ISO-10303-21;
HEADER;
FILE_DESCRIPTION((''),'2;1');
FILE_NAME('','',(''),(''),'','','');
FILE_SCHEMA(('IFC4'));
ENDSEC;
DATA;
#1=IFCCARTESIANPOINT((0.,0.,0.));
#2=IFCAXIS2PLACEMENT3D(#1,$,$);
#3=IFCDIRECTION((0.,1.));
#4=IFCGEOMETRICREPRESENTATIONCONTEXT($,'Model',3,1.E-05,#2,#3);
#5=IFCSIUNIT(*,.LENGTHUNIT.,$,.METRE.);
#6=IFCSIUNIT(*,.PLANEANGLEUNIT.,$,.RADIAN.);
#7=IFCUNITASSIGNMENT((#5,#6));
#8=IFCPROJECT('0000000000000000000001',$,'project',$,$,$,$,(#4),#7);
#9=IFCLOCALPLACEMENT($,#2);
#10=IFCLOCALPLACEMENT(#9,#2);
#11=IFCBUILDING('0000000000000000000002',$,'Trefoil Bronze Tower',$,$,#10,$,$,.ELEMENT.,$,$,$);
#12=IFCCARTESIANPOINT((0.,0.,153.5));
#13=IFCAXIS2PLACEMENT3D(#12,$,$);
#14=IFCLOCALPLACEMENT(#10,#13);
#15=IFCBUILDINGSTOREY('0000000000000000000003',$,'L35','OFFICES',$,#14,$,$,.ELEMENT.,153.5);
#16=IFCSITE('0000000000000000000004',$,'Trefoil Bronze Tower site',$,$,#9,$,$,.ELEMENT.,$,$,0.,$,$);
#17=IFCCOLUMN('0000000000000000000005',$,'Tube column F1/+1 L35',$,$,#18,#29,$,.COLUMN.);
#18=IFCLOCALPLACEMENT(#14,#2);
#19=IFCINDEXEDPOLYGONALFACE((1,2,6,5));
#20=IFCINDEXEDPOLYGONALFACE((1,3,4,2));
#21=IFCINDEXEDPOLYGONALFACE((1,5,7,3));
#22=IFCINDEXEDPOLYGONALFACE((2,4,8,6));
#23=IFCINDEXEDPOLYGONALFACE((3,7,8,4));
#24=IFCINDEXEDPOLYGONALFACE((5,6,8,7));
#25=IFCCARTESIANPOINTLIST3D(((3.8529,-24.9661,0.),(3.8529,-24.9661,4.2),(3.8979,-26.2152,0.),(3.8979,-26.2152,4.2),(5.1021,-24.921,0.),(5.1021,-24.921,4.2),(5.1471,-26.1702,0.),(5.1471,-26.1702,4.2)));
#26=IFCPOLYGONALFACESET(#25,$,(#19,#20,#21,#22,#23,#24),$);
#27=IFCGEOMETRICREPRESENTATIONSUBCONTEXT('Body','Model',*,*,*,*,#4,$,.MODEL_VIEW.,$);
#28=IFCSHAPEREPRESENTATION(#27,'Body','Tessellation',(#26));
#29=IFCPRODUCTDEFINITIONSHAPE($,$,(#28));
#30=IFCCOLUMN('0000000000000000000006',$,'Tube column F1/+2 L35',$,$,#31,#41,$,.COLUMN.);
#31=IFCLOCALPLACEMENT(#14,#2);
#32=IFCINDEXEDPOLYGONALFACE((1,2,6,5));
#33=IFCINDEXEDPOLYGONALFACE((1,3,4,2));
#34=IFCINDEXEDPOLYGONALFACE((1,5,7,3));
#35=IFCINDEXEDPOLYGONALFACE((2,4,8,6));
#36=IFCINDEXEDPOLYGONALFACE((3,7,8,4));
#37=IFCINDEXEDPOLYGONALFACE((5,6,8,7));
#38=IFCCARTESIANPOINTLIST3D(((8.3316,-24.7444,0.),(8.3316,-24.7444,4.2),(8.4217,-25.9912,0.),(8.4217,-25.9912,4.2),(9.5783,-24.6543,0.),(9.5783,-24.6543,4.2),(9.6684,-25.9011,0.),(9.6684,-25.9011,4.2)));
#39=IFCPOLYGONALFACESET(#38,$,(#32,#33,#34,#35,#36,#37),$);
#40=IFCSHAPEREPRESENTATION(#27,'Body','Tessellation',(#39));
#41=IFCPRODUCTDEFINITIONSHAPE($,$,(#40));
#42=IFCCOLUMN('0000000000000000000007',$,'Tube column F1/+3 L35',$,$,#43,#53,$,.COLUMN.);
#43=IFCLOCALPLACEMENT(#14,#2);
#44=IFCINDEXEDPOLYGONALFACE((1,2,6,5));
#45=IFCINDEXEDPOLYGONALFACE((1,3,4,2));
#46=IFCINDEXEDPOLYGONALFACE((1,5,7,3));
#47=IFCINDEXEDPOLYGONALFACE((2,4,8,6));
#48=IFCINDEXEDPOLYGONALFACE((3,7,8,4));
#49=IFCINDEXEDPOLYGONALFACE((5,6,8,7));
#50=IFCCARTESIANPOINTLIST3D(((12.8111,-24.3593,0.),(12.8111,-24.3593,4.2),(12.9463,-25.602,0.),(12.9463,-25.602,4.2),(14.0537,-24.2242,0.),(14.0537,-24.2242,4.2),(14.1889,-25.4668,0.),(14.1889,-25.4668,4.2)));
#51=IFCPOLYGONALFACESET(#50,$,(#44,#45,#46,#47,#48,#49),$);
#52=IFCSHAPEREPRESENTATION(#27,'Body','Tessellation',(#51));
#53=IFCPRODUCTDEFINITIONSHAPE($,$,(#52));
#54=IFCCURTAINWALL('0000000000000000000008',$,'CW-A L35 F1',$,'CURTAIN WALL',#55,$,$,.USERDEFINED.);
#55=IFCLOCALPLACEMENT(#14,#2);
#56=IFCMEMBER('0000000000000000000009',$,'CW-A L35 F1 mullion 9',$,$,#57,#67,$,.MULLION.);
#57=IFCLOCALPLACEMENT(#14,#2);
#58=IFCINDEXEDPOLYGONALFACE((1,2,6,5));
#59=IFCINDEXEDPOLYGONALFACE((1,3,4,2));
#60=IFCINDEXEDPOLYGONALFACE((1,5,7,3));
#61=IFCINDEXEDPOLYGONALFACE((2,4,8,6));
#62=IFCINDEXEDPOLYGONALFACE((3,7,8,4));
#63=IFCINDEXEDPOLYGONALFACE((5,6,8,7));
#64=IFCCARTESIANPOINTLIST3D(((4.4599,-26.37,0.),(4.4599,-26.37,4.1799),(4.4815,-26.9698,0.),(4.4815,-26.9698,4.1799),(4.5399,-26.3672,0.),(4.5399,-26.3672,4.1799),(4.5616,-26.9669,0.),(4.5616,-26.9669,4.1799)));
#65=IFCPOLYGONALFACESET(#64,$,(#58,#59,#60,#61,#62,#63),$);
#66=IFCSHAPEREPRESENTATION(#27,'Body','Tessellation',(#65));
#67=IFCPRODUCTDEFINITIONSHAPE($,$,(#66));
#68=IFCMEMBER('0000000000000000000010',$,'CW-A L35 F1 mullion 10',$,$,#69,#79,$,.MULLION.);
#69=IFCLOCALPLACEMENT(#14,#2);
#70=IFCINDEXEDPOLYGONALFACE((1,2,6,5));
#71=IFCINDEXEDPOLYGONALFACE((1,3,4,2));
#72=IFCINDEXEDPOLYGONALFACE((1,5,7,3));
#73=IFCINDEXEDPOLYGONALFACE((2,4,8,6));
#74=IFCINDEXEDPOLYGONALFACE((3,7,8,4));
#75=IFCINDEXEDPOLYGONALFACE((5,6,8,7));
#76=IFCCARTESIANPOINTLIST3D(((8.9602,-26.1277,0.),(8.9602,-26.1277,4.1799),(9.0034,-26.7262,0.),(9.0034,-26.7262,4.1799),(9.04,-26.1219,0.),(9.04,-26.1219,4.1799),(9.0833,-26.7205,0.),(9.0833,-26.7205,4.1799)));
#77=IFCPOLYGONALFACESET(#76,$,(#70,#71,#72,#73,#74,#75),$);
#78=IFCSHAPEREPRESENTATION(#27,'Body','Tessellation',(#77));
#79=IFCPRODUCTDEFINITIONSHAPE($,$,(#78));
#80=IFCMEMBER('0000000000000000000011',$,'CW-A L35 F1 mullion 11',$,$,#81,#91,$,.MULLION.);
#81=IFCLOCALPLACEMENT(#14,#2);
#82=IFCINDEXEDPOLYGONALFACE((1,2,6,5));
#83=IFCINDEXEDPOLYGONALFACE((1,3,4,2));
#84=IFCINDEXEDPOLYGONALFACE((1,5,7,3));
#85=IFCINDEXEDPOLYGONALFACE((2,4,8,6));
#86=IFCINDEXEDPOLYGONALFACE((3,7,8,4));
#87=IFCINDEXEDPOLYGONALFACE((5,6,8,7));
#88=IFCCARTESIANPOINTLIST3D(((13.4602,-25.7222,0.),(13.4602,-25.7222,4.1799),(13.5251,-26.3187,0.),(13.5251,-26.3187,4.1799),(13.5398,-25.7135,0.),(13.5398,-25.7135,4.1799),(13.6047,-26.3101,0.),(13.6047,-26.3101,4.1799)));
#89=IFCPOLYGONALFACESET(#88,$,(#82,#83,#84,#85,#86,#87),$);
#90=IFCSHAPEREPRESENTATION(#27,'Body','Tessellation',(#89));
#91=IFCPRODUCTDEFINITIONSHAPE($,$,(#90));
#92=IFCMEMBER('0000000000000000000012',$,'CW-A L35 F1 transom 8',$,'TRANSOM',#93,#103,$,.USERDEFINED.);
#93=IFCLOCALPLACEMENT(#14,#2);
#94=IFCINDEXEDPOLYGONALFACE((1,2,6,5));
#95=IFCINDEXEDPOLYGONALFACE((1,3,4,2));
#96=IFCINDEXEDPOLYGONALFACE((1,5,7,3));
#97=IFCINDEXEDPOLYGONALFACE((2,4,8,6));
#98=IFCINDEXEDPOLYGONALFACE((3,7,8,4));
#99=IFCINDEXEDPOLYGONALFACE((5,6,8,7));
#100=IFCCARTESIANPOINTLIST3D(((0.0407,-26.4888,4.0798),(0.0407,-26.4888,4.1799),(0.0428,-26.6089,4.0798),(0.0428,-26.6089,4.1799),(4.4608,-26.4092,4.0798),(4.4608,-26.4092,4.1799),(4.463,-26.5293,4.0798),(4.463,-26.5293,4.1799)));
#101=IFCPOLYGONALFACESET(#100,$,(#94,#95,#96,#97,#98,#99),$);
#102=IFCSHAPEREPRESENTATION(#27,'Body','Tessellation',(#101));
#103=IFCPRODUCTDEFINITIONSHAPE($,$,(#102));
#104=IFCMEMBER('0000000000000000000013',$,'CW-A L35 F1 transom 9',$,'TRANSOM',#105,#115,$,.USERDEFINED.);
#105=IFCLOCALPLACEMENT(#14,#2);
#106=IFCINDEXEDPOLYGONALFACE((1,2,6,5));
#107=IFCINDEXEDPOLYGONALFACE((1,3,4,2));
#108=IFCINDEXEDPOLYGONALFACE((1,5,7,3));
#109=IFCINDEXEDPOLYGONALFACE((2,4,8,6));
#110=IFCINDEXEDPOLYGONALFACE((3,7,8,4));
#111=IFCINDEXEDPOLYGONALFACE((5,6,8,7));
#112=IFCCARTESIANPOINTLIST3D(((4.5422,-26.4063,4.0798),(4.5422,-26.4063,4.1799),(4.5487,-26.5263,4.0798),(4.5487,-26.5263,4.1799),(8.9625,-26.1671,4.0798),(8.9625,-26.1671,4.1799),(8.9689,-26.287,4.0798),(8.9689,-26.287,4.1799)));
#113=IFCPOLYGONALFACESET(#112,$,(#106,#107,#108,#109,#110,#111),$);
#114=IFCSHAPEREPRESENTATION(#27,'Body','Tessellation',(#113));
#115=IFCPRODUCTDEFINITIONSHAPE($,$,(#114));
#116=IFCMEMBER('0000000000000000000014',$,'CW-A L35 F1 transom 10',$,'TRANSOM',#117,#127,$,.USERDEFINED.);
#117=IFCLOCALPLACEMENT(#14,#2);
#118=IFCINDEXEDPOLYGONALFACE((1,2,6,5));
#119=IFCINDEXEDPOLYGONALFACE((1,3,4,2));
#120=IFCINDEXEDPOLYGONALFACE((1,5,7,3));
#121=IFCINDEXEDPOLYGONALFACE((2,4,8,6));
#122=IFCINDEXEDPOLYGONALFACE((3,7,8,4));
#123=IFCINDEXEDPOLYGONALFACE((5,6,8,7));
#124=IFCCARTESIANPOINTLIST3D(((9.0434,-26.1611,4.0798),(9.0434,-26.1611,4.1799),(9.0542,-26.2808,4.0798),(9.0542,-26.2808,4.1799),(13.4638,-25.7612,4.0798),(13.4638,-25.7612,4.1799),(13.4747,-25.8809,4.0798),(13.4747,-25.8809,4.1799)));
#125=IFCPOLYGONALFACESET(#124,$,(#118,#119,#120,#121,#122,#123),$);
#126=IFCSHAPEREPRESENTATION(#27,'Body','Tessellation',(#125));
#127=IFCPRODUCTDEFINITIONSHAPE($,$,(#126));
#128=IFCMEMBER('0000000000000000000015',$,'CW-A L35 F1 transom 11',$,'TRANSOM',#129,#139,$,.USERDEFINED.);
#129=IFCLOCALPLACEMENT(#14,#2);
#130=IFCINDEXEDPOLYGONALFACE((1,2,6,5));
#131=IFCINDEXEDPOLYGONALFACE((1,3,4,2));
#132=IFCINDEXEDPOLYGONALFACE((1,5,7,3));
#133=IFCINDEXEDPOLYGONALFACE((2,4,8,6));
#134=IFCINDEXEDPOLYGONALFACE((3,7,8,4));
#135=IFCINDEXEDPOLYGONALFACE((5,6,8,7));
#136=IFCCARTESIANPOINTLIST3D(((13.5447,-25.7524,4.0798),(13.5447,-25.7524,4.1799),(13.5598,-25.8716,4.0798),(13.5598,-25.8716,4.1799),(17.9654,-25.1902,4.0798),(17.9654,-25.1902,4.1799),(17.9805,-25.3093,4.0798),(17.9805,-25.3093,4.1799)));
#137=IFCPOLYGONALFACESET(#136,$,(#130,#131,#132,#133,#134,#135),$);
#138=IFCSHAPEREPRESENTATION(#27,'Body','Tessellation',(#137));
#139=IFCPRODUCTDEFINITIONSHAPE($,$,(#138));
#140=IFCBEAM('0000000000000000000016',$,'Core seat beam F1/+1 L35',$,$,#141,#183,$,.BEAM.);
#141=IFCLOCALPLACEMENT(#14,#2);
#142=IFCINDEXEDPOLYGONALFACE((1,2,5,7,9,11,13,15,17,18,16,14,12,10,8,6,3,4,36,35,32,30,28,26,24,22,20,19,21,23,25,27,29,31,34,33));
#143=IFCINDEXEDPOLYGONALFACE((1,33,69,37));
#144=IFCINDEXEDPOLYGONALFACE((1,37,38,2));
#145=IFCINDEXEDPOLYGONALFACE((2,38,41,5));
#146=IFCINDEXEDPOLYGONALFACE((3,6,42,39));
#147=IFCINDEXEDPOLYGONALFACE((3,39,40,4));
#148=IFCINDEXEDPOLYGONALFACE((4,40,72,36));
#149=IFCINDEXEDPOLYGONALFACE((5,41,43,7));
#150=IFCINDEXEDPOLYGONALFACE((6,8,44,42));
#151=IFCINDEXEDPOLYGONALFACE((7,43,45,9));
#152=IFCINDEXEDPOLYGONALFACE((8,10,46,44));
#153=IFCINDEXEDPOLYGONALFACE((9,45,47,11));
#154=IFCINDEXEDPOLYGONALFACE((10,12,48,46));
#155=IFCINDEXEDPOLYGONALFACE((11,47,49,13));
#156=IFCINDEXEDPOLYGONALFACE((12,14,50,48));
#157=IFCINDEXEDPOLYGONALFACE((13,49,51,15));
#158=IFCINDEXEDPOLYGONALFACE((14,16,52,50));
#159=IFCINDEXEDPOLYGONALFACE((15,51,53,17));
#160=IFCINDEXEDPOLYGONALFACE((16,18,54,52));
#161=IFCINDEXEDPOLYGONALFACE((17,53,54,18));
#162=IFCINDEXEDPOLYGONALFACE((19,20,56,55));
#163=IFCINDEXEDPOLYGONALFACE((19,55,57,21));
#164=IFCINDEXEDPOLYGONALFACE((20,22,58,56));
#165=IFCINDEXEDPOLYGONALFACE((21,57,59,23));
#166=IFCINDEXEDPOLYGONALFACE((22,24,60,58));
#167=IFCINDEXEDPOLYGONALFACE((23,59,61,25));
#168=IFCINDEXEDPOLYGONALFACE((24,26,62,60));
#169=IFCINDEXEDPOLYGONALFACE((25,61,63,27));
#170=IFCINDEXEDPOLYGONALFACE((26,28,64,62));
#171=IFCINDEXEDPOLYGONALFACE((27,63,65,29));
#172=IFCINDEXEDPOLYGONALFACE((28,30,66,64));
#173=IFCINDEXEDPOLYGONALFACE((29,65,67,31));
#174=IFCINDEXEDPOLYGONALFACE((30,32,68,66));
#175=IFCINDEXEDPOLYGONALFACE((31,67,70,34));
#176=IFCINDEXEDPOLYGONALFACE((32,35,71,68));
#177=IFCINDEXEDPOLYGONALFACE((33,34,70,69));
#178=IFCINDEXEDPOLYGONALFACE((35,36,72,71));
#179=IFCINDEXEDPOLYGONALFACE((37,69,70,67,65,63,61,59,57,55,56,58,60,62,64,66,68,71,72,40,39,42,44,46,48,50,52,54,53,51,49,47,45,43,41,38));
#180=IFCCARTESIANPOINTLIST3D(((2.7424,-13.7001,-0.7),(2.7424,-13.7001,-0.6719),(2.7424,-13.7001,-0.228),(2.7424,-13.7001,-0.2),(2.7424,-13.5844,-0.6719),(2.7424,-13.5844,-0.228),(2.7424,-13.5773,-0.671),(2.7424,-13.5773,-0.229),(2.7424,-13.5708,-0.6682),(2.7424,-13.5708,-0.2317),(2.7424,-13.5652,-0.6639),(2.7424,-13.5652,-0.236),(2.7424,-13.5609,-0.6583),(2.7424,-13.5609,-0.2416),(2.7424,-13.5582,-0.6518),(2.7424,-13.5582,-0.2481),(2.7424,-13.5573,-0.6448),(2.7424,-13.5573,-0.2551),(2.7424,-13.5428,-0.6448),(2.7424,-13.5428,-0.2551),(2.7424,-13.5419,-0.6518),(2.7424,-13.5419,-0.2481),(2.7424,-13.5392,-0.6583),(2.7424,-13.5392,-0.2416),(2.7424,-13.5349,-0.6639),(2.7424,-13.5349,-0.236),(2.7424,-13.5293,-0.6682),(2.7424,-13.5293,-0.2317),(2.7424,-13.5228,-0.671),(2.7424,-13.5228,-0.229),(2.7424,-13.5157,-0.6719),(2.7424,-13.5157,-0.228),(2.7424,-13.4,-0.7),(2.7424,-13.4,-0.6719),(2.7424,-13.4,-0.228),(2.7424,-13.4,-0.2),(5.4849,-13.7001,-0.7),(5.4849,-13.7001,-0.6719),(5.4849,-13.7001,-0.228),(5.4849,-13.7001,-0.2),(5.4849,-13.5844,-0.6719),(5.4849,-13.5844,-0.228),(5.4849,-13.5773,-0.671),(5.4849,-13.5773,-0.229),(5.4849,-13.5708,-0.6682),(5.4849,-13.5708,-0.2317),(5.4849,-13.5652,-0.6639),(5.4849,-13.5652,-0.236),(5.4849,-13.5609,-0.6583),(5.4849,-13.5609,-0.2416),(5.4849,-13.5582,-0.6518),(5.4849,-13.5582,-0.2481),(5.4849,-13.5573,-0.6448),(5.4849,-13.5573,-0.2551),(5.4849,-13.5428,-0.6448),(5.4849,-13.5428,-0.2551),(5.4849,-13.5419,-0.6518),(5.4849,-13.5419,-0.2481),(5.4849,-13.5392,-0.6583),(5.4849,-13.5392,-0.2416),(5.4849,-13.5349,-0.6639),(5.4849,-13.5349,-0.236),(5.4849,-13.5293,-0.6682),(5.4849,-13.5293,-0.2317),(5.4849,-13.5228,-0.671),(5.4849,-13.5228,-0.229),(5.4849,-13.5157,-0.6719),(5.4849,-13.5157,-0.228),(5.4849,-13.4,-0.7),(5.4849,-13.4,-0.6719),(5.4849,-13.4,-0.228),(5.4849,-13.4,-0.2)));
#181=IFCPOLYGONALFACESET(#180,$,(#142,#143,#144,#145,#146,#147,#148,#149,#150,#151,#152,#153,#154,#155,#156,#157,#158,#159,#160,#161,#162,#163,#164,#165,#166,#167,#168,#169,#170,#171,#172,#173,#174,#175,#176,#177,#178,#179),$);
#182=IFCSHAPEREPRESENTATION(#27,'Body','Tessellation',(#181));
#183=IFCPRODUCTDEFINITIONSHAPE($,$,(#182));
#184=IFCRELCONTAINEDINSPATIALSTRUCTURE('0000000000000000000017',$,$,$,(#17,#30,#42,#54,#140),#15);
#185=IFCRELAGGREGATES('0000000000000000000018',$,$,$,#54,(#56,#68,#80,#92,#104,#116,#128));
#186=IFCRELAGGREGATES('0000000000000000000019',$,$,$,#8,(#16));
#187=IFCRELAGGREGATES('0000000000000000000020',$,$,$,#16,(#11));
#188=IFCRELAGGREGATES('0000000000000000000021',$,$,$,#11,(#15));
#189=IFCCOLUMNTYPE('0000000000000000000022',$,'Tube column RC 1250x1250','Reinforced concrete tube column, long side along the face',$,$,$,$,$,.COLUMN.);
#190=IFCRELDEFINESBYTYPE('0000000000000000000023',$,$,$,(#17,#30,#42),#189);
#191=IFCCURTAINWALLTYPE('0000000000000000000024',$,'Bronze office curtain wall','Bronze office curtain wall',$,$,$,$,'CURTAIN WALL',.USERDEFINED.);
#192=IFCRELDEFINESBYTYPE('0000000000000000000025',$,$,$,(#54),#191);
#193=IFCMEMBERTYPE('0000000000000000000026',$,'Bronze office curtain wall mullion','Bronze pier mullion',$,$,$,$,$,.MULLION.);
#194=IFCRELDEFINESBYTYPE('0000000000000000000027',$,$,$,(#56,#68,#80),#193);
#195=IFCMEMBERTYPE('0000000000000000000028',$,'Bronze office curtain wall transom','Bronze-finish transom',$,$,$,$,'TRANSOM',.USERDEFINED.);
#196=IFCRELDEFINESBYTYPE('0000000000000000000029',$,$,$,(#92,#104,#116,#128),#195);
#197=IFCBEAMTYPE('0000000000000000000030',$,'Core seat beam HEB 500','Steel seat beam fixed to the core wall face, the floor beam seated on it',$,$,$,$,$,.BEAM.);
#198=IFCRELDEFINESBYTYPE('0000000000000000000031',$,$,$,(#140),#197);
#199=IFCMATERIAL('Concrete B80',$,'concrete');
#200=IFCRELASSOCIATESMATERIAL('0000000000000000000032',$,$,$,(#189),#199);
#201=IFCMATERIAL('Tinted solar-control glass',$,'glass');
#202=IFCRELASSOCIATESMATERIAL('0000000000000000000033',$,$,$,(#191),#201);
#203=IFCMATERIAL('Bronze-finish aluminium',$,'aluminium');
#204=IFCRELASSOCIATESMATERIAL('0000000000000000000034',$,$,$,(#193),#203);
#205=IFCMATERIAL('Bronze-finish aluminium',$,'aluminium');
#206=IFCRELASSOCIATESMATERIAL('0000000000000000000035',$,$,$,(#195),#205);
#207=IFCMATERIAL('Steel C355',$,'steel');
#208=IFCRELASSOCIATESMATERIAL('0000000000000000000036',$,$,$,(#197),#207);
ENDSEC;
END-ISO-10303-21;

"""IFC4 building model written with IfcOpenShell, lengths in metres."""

from ifc_helpers import new_model, si_unit, direction, frame, origin, origin_2d, place, context, subcontext, project, spatial, rectangle, i_section, extrude, material, material_profile, profile_set, type_object, element, aggregate, save


model = new_model("IFC4")

# Units and contexts
model_context = context("Model", 3, precision=1e-05, world=origin(), true_north=direction((0.0, 1.0)))
body_context = subcontext(model_context, "Body", "Model", "MODEL_VIEW")
ifc_project = project(units=[si_unit("LENGTHUNIT", "METRE"), si_unit("PLANEANGLEUNIT", "RADIAN")], contexts=[model_context])

# Site, building, storey
site_placement = place(None, origin())
site = spatial("IfcSite", under=ifc_project, at=site_placement, Name="Trefoil Bronze Tower site", CompositionType="ELEMENT", RefElevation=0.0)
building_placement = place(site_placement, origin())
building = spatial("IfcBuilding", under=site, at=building_placement, Name="Trefoil Bronze Tower", CompositionType="ELEMENT")
storey_placement = place(building_placement, frame((0.0, 0.0, 153.5)))
storey = spatial("IfcBuildingStorey", under=building, at=storey_placement, Name="L35", Description="OFFICES", CompositionType="ELEMENT", Elevation=153.5)

# Columns
ifc_material_1 = material(Name="Concrete B80", Category="concrete")
ifc_material_profile_1 = material_profile(ifc_material_1, rectangle(XDim=1.25, YDim=1.25, at=origin_2d()), Name="RC 1250x1250")
ifc_profile_set_1 = profile_set([ifc_material_profile_1], Name="Concrete B80")
column_type = type_object("IfcColumnType", Name="Tube column RC 1250x1250", Description="Reinforced concrete tube column, long side along the face", PredefinedType="COLUMN", material=ifc_profile_set_1)
for number, where, z_axis, x_axis, name in (
    (1, (4.5, -25.5681, 0.0), (0.0, 0.0, 1.0), (0.99935, 0.036048, 0.0), "Tube column F1/+1 L35"),
    (2, (9.0, -25.3228, 0.0), (0.0, 0.0, 1.0), (0.997398, 0.072096, 0.0), "Tube column F1/+2 L35"),
    (3, (13.5, -24.9131, 0.0), (0.0, 0.0, 1.0), (0.994135, 0.108144, 0.0), "Tube column F1/+3 L35"),
):
    element("IfcColumn", number, at=place(storey_placement, frame(where, z_axis=z_axis, x_axis=x_axis)), inside=storey, type_object=column_type, Name=name, PredefinedType="COLUMN", context=body_context, shape_type="SweptSolid", body=[
        extrude(rectangle(XDim=1.25, YDim=1.25, at=origin_2d()), origin(), (0.0, 0.0, 1.0), 4.2),
    ])

# Curtain wall, members
ifc_material_2 = material(Name="Tinted solar-control glass", Category="glass")
curtain_wall_type = type_object("IfcCurtainWallType", Name="Bronze office curtain wall", Description="Bronze office curtain wall", ElementType="CURTAIN WALL", PredefinedType="USERDEFINED", material=ifc_material_2)
curtain_wall_placement = place(storey_placement, origin())
curtain_wall = element("IfcCurtainWall", 4, at=curtain_wall_placement, inside=storey, type_object=curtain_wall_type, Name="CW-A L35 F1", ObjectType="CURTAIN WALL", PredefinedType="USERDEFINED")
ifc_material_3 = material(Name="Bronze-finish aluminium", Category="aluminium")
ifc_material_profile_2 = material_profile(ifc_material_3, rectangle(XDim=0.6001, YDim=0.0801, at=origin_2d()), Name="CW-A mullion")
ifc_profile_set_2 = profile_set([ifc_material_profile_2], Name="Bronze-finish aluminium")
member_type_1 = type_object("IfcMemberType", Name="Bronze office curtain wall mullion", Description="Bronze pier mullion", PredefinedType="MULLION", material=ifc_profile_set_2)
member_1_placement = place(storey_placement, frame((4.5107, -26.6685, 0.0), z_axis=(0.0, 0.0, 1.0), x_axis=(-0.036048, 0.99935, 0.0)))
member_1 = element("IfcMember", 5, at=member_1_placement, type_object=member_type_1, Name="CW-A L35 F1 mullion 9", PredefinedType="MULLION", context=body_context, shape_type="SweptSolid", body=[
    extrude(rectangle(XDim=0.6001, YDim=0.0801, at=origin_2d()), origin(), (0.0, 0.0, 1.0), 4.1799),
])
member_2_placement = place(storey_placement, frame((9.0217, -26.4241, 0.0), z_axis=(0.0, 0.0, 1.0), x_axis=(-0.072096, 0.997398, 0.0)))
member_2 = element("IfcMember", 6, at=member_2_placement, type_object=member_type_1, Name="CW-A L35 F1 mullion 10", PredefinedType="MULLION", context=body_context, shape_type="SweptSolid", body=[
    extrude(rectangle(XDim=0.6001, YDim=0.0801, at=origin_2d()), origin(), (0.0, 0.0, 1.0), 4.1799),
])
member_3_placement = place(storey_placement, frame((13.5325, -26.0161, 0.0), z_axis=(0.0, 0.0, 1.0), x_axis=(-0.108144, 0.994135, 0.0)))
member_3 = element("IfcMember", 7, at=member_3_placement, type_object=member_type_1, Name="CW-A L35 F1 mullion 11", PredefinedType="MULLION", context=body_context, shape_type="SweptSolid", body=[
    extrude(rectangle(XDim=0.6001, YDim=0.0801, at=origin_2d()), origin(), (0.0, 0.0, 1.0), 4.1799),
])
ifc_material_4 = material(Name="Bronze-finish aluminium", Category="aluminium")
ifc_material_profile_3 = material_profile(ifc_material_4, rectangle(XDim=0.1201, YDim=0.1001, at=origin_2d()), Name="CW-A transom")
ifc_profile_set_3 = profile_set([ifc_material_profile_3], Name="Bronze-finish aluminium")
member_type_2 = type_object("IfcMemberType", Name="Bronze office curtain wall transom", Description="Bronze-finish transom", ElementType="TRANSOM", PredefinedType="USERDEFINED", material=ifc_profile_set_3)
member_4_placement = place(storey_placement, frame((0.0417, -26.5488, 4.1299), z_axis=(0.999838, 0.018003, 0.0), x_axis=(-0.018003, 0.999838, 0.0)))
member_4 = element("IfcMember", 8, at=member_4_placement, type_object=member_type_2, Name="CW-A L35 F1 transom 8", ObjectType="TRANSOM", PredefinedType="USERDEFINED", context=body_context, shape_type="SweptSolid", body=[
    extrude(rectangle(XDim=0.1201, YDim=0.1001, at=origin_2d()), origin(), (0.0, 0.0, 1.0), 4.4209),
])
member_5_placement = place(storey_placement, frame((4.5454, -26.4663, 4.1299), z_axis=(0.998538, 0.05405, 0.0), x_axis=(-0.05405, 0.998538, 0.0)))
member_5 = element("IfcMember", 9, at=member_5_placement, type_object=member_type_2, Name="CW-A L35 F1 transom 9", ObjectType="TRANSOM", PredefinedType="USERDEFINED", context=body_context, shape_type="SweptSolid", body=[
    extrude(rectangle(XDim=0.1201, YDim=0.1001, at=origin_2d()), origin(), (0.0, 0.0, 1.0), 4.4268),
])
member_6_placement = place(storey_placement, frame((9.0488, -26.2209, 4.1299), z_axis=(0.995933, 0.090099, 0.0), x_axis=(-0.090099, 0.995933, 0.0)))
member_6 = element("IfcMember", 10, at=member_6_placement, type_object=member_type_2, Name="CW-A L35 F1 transom 10", ObjectType="TRANSOM", PredefinedType="USERDEFINED", context=body_context, shape_type="SweptSolid", body=[
    extrude(rectangle(XDim=0.1201, YDim=0.1001, at=origin_2d()), origin(), (0.0, 0.0, 1.0), 4.4385),
])
member_7_placement = place(storey_placement, frame((13.5522, -25.812, 4.1299), z_axis=(0.992008, 0.126172, 0.0), x_axis=(-0.126172, 0.992008, 0.0)))
member_7 = element("IfcMember", 11, at=member_7_placement, type_object=member_type_2, Name="CW-A L35 F1 transom 11", ObjectType="TRANSOM", PredefinedType="USERDEFINED", context=body_context, shape_type="SweptSolid", body=[
    extrude(rectangle(XDim=0.1201, YDim=0.1001, at=origin_2d()), origin(), (0.0, 0.0, 1.0), 4.4563),
])

# Beam
ifc_material_5 = material(Name="Steel C355", Category="steel")
ifc_material_profile_4 = material_profile(ifc_material_5, i_section(OverallWidth=0.3, OverallDepth=0.5, WebThickness=0.0144, FlangeThickness=0.0281, FilletRadius=0.0271, at=origin_2d()), Name="HEB 500")
ifc_profile_set_4 = profile_set([ifc_material_profile_4], Name="Steel C355")
beam_type_1 = type_object("IfcBeamType", Name="Core seat beam HEB 500", Description="Steel seat beam fixed to the core wall face, the floor beam seated on it", PredefinedType="BEAM", material=ifc_profile_set_4)
for number, where, z_axis, x_axis, name in (
    (12, (2.7424, -13.55, -0.45), (1.0, 0.0, 0.0), (0.0, 1.0, 0.0), "Core seat beam F1/+1 L35"),
):
    element("IfcBeam", number, at=place(storey_placement, frame(where, z_axis=z_axis, x_axis=x_axis)), inside=storey, type_object=beam_type_1, Name=name, PredefinedType="BEAM", context=body_context, shape_type="SweptSolid", body=[
        extrude(i_section(OverallWidth=0.3, OverallDepth=0.5, WebThickness=0.0144, FlangeThickness=0.0281, FilletRadius=0.0271, at=origin_2d()), origin(), (0.0, 0.0, 1.0), 2.7424),
    ])

aggregate(curtain_wall, [member_1, member_2, member_3, member_4, member_5, member_6, member_7])

save(model, "model.ifc")
